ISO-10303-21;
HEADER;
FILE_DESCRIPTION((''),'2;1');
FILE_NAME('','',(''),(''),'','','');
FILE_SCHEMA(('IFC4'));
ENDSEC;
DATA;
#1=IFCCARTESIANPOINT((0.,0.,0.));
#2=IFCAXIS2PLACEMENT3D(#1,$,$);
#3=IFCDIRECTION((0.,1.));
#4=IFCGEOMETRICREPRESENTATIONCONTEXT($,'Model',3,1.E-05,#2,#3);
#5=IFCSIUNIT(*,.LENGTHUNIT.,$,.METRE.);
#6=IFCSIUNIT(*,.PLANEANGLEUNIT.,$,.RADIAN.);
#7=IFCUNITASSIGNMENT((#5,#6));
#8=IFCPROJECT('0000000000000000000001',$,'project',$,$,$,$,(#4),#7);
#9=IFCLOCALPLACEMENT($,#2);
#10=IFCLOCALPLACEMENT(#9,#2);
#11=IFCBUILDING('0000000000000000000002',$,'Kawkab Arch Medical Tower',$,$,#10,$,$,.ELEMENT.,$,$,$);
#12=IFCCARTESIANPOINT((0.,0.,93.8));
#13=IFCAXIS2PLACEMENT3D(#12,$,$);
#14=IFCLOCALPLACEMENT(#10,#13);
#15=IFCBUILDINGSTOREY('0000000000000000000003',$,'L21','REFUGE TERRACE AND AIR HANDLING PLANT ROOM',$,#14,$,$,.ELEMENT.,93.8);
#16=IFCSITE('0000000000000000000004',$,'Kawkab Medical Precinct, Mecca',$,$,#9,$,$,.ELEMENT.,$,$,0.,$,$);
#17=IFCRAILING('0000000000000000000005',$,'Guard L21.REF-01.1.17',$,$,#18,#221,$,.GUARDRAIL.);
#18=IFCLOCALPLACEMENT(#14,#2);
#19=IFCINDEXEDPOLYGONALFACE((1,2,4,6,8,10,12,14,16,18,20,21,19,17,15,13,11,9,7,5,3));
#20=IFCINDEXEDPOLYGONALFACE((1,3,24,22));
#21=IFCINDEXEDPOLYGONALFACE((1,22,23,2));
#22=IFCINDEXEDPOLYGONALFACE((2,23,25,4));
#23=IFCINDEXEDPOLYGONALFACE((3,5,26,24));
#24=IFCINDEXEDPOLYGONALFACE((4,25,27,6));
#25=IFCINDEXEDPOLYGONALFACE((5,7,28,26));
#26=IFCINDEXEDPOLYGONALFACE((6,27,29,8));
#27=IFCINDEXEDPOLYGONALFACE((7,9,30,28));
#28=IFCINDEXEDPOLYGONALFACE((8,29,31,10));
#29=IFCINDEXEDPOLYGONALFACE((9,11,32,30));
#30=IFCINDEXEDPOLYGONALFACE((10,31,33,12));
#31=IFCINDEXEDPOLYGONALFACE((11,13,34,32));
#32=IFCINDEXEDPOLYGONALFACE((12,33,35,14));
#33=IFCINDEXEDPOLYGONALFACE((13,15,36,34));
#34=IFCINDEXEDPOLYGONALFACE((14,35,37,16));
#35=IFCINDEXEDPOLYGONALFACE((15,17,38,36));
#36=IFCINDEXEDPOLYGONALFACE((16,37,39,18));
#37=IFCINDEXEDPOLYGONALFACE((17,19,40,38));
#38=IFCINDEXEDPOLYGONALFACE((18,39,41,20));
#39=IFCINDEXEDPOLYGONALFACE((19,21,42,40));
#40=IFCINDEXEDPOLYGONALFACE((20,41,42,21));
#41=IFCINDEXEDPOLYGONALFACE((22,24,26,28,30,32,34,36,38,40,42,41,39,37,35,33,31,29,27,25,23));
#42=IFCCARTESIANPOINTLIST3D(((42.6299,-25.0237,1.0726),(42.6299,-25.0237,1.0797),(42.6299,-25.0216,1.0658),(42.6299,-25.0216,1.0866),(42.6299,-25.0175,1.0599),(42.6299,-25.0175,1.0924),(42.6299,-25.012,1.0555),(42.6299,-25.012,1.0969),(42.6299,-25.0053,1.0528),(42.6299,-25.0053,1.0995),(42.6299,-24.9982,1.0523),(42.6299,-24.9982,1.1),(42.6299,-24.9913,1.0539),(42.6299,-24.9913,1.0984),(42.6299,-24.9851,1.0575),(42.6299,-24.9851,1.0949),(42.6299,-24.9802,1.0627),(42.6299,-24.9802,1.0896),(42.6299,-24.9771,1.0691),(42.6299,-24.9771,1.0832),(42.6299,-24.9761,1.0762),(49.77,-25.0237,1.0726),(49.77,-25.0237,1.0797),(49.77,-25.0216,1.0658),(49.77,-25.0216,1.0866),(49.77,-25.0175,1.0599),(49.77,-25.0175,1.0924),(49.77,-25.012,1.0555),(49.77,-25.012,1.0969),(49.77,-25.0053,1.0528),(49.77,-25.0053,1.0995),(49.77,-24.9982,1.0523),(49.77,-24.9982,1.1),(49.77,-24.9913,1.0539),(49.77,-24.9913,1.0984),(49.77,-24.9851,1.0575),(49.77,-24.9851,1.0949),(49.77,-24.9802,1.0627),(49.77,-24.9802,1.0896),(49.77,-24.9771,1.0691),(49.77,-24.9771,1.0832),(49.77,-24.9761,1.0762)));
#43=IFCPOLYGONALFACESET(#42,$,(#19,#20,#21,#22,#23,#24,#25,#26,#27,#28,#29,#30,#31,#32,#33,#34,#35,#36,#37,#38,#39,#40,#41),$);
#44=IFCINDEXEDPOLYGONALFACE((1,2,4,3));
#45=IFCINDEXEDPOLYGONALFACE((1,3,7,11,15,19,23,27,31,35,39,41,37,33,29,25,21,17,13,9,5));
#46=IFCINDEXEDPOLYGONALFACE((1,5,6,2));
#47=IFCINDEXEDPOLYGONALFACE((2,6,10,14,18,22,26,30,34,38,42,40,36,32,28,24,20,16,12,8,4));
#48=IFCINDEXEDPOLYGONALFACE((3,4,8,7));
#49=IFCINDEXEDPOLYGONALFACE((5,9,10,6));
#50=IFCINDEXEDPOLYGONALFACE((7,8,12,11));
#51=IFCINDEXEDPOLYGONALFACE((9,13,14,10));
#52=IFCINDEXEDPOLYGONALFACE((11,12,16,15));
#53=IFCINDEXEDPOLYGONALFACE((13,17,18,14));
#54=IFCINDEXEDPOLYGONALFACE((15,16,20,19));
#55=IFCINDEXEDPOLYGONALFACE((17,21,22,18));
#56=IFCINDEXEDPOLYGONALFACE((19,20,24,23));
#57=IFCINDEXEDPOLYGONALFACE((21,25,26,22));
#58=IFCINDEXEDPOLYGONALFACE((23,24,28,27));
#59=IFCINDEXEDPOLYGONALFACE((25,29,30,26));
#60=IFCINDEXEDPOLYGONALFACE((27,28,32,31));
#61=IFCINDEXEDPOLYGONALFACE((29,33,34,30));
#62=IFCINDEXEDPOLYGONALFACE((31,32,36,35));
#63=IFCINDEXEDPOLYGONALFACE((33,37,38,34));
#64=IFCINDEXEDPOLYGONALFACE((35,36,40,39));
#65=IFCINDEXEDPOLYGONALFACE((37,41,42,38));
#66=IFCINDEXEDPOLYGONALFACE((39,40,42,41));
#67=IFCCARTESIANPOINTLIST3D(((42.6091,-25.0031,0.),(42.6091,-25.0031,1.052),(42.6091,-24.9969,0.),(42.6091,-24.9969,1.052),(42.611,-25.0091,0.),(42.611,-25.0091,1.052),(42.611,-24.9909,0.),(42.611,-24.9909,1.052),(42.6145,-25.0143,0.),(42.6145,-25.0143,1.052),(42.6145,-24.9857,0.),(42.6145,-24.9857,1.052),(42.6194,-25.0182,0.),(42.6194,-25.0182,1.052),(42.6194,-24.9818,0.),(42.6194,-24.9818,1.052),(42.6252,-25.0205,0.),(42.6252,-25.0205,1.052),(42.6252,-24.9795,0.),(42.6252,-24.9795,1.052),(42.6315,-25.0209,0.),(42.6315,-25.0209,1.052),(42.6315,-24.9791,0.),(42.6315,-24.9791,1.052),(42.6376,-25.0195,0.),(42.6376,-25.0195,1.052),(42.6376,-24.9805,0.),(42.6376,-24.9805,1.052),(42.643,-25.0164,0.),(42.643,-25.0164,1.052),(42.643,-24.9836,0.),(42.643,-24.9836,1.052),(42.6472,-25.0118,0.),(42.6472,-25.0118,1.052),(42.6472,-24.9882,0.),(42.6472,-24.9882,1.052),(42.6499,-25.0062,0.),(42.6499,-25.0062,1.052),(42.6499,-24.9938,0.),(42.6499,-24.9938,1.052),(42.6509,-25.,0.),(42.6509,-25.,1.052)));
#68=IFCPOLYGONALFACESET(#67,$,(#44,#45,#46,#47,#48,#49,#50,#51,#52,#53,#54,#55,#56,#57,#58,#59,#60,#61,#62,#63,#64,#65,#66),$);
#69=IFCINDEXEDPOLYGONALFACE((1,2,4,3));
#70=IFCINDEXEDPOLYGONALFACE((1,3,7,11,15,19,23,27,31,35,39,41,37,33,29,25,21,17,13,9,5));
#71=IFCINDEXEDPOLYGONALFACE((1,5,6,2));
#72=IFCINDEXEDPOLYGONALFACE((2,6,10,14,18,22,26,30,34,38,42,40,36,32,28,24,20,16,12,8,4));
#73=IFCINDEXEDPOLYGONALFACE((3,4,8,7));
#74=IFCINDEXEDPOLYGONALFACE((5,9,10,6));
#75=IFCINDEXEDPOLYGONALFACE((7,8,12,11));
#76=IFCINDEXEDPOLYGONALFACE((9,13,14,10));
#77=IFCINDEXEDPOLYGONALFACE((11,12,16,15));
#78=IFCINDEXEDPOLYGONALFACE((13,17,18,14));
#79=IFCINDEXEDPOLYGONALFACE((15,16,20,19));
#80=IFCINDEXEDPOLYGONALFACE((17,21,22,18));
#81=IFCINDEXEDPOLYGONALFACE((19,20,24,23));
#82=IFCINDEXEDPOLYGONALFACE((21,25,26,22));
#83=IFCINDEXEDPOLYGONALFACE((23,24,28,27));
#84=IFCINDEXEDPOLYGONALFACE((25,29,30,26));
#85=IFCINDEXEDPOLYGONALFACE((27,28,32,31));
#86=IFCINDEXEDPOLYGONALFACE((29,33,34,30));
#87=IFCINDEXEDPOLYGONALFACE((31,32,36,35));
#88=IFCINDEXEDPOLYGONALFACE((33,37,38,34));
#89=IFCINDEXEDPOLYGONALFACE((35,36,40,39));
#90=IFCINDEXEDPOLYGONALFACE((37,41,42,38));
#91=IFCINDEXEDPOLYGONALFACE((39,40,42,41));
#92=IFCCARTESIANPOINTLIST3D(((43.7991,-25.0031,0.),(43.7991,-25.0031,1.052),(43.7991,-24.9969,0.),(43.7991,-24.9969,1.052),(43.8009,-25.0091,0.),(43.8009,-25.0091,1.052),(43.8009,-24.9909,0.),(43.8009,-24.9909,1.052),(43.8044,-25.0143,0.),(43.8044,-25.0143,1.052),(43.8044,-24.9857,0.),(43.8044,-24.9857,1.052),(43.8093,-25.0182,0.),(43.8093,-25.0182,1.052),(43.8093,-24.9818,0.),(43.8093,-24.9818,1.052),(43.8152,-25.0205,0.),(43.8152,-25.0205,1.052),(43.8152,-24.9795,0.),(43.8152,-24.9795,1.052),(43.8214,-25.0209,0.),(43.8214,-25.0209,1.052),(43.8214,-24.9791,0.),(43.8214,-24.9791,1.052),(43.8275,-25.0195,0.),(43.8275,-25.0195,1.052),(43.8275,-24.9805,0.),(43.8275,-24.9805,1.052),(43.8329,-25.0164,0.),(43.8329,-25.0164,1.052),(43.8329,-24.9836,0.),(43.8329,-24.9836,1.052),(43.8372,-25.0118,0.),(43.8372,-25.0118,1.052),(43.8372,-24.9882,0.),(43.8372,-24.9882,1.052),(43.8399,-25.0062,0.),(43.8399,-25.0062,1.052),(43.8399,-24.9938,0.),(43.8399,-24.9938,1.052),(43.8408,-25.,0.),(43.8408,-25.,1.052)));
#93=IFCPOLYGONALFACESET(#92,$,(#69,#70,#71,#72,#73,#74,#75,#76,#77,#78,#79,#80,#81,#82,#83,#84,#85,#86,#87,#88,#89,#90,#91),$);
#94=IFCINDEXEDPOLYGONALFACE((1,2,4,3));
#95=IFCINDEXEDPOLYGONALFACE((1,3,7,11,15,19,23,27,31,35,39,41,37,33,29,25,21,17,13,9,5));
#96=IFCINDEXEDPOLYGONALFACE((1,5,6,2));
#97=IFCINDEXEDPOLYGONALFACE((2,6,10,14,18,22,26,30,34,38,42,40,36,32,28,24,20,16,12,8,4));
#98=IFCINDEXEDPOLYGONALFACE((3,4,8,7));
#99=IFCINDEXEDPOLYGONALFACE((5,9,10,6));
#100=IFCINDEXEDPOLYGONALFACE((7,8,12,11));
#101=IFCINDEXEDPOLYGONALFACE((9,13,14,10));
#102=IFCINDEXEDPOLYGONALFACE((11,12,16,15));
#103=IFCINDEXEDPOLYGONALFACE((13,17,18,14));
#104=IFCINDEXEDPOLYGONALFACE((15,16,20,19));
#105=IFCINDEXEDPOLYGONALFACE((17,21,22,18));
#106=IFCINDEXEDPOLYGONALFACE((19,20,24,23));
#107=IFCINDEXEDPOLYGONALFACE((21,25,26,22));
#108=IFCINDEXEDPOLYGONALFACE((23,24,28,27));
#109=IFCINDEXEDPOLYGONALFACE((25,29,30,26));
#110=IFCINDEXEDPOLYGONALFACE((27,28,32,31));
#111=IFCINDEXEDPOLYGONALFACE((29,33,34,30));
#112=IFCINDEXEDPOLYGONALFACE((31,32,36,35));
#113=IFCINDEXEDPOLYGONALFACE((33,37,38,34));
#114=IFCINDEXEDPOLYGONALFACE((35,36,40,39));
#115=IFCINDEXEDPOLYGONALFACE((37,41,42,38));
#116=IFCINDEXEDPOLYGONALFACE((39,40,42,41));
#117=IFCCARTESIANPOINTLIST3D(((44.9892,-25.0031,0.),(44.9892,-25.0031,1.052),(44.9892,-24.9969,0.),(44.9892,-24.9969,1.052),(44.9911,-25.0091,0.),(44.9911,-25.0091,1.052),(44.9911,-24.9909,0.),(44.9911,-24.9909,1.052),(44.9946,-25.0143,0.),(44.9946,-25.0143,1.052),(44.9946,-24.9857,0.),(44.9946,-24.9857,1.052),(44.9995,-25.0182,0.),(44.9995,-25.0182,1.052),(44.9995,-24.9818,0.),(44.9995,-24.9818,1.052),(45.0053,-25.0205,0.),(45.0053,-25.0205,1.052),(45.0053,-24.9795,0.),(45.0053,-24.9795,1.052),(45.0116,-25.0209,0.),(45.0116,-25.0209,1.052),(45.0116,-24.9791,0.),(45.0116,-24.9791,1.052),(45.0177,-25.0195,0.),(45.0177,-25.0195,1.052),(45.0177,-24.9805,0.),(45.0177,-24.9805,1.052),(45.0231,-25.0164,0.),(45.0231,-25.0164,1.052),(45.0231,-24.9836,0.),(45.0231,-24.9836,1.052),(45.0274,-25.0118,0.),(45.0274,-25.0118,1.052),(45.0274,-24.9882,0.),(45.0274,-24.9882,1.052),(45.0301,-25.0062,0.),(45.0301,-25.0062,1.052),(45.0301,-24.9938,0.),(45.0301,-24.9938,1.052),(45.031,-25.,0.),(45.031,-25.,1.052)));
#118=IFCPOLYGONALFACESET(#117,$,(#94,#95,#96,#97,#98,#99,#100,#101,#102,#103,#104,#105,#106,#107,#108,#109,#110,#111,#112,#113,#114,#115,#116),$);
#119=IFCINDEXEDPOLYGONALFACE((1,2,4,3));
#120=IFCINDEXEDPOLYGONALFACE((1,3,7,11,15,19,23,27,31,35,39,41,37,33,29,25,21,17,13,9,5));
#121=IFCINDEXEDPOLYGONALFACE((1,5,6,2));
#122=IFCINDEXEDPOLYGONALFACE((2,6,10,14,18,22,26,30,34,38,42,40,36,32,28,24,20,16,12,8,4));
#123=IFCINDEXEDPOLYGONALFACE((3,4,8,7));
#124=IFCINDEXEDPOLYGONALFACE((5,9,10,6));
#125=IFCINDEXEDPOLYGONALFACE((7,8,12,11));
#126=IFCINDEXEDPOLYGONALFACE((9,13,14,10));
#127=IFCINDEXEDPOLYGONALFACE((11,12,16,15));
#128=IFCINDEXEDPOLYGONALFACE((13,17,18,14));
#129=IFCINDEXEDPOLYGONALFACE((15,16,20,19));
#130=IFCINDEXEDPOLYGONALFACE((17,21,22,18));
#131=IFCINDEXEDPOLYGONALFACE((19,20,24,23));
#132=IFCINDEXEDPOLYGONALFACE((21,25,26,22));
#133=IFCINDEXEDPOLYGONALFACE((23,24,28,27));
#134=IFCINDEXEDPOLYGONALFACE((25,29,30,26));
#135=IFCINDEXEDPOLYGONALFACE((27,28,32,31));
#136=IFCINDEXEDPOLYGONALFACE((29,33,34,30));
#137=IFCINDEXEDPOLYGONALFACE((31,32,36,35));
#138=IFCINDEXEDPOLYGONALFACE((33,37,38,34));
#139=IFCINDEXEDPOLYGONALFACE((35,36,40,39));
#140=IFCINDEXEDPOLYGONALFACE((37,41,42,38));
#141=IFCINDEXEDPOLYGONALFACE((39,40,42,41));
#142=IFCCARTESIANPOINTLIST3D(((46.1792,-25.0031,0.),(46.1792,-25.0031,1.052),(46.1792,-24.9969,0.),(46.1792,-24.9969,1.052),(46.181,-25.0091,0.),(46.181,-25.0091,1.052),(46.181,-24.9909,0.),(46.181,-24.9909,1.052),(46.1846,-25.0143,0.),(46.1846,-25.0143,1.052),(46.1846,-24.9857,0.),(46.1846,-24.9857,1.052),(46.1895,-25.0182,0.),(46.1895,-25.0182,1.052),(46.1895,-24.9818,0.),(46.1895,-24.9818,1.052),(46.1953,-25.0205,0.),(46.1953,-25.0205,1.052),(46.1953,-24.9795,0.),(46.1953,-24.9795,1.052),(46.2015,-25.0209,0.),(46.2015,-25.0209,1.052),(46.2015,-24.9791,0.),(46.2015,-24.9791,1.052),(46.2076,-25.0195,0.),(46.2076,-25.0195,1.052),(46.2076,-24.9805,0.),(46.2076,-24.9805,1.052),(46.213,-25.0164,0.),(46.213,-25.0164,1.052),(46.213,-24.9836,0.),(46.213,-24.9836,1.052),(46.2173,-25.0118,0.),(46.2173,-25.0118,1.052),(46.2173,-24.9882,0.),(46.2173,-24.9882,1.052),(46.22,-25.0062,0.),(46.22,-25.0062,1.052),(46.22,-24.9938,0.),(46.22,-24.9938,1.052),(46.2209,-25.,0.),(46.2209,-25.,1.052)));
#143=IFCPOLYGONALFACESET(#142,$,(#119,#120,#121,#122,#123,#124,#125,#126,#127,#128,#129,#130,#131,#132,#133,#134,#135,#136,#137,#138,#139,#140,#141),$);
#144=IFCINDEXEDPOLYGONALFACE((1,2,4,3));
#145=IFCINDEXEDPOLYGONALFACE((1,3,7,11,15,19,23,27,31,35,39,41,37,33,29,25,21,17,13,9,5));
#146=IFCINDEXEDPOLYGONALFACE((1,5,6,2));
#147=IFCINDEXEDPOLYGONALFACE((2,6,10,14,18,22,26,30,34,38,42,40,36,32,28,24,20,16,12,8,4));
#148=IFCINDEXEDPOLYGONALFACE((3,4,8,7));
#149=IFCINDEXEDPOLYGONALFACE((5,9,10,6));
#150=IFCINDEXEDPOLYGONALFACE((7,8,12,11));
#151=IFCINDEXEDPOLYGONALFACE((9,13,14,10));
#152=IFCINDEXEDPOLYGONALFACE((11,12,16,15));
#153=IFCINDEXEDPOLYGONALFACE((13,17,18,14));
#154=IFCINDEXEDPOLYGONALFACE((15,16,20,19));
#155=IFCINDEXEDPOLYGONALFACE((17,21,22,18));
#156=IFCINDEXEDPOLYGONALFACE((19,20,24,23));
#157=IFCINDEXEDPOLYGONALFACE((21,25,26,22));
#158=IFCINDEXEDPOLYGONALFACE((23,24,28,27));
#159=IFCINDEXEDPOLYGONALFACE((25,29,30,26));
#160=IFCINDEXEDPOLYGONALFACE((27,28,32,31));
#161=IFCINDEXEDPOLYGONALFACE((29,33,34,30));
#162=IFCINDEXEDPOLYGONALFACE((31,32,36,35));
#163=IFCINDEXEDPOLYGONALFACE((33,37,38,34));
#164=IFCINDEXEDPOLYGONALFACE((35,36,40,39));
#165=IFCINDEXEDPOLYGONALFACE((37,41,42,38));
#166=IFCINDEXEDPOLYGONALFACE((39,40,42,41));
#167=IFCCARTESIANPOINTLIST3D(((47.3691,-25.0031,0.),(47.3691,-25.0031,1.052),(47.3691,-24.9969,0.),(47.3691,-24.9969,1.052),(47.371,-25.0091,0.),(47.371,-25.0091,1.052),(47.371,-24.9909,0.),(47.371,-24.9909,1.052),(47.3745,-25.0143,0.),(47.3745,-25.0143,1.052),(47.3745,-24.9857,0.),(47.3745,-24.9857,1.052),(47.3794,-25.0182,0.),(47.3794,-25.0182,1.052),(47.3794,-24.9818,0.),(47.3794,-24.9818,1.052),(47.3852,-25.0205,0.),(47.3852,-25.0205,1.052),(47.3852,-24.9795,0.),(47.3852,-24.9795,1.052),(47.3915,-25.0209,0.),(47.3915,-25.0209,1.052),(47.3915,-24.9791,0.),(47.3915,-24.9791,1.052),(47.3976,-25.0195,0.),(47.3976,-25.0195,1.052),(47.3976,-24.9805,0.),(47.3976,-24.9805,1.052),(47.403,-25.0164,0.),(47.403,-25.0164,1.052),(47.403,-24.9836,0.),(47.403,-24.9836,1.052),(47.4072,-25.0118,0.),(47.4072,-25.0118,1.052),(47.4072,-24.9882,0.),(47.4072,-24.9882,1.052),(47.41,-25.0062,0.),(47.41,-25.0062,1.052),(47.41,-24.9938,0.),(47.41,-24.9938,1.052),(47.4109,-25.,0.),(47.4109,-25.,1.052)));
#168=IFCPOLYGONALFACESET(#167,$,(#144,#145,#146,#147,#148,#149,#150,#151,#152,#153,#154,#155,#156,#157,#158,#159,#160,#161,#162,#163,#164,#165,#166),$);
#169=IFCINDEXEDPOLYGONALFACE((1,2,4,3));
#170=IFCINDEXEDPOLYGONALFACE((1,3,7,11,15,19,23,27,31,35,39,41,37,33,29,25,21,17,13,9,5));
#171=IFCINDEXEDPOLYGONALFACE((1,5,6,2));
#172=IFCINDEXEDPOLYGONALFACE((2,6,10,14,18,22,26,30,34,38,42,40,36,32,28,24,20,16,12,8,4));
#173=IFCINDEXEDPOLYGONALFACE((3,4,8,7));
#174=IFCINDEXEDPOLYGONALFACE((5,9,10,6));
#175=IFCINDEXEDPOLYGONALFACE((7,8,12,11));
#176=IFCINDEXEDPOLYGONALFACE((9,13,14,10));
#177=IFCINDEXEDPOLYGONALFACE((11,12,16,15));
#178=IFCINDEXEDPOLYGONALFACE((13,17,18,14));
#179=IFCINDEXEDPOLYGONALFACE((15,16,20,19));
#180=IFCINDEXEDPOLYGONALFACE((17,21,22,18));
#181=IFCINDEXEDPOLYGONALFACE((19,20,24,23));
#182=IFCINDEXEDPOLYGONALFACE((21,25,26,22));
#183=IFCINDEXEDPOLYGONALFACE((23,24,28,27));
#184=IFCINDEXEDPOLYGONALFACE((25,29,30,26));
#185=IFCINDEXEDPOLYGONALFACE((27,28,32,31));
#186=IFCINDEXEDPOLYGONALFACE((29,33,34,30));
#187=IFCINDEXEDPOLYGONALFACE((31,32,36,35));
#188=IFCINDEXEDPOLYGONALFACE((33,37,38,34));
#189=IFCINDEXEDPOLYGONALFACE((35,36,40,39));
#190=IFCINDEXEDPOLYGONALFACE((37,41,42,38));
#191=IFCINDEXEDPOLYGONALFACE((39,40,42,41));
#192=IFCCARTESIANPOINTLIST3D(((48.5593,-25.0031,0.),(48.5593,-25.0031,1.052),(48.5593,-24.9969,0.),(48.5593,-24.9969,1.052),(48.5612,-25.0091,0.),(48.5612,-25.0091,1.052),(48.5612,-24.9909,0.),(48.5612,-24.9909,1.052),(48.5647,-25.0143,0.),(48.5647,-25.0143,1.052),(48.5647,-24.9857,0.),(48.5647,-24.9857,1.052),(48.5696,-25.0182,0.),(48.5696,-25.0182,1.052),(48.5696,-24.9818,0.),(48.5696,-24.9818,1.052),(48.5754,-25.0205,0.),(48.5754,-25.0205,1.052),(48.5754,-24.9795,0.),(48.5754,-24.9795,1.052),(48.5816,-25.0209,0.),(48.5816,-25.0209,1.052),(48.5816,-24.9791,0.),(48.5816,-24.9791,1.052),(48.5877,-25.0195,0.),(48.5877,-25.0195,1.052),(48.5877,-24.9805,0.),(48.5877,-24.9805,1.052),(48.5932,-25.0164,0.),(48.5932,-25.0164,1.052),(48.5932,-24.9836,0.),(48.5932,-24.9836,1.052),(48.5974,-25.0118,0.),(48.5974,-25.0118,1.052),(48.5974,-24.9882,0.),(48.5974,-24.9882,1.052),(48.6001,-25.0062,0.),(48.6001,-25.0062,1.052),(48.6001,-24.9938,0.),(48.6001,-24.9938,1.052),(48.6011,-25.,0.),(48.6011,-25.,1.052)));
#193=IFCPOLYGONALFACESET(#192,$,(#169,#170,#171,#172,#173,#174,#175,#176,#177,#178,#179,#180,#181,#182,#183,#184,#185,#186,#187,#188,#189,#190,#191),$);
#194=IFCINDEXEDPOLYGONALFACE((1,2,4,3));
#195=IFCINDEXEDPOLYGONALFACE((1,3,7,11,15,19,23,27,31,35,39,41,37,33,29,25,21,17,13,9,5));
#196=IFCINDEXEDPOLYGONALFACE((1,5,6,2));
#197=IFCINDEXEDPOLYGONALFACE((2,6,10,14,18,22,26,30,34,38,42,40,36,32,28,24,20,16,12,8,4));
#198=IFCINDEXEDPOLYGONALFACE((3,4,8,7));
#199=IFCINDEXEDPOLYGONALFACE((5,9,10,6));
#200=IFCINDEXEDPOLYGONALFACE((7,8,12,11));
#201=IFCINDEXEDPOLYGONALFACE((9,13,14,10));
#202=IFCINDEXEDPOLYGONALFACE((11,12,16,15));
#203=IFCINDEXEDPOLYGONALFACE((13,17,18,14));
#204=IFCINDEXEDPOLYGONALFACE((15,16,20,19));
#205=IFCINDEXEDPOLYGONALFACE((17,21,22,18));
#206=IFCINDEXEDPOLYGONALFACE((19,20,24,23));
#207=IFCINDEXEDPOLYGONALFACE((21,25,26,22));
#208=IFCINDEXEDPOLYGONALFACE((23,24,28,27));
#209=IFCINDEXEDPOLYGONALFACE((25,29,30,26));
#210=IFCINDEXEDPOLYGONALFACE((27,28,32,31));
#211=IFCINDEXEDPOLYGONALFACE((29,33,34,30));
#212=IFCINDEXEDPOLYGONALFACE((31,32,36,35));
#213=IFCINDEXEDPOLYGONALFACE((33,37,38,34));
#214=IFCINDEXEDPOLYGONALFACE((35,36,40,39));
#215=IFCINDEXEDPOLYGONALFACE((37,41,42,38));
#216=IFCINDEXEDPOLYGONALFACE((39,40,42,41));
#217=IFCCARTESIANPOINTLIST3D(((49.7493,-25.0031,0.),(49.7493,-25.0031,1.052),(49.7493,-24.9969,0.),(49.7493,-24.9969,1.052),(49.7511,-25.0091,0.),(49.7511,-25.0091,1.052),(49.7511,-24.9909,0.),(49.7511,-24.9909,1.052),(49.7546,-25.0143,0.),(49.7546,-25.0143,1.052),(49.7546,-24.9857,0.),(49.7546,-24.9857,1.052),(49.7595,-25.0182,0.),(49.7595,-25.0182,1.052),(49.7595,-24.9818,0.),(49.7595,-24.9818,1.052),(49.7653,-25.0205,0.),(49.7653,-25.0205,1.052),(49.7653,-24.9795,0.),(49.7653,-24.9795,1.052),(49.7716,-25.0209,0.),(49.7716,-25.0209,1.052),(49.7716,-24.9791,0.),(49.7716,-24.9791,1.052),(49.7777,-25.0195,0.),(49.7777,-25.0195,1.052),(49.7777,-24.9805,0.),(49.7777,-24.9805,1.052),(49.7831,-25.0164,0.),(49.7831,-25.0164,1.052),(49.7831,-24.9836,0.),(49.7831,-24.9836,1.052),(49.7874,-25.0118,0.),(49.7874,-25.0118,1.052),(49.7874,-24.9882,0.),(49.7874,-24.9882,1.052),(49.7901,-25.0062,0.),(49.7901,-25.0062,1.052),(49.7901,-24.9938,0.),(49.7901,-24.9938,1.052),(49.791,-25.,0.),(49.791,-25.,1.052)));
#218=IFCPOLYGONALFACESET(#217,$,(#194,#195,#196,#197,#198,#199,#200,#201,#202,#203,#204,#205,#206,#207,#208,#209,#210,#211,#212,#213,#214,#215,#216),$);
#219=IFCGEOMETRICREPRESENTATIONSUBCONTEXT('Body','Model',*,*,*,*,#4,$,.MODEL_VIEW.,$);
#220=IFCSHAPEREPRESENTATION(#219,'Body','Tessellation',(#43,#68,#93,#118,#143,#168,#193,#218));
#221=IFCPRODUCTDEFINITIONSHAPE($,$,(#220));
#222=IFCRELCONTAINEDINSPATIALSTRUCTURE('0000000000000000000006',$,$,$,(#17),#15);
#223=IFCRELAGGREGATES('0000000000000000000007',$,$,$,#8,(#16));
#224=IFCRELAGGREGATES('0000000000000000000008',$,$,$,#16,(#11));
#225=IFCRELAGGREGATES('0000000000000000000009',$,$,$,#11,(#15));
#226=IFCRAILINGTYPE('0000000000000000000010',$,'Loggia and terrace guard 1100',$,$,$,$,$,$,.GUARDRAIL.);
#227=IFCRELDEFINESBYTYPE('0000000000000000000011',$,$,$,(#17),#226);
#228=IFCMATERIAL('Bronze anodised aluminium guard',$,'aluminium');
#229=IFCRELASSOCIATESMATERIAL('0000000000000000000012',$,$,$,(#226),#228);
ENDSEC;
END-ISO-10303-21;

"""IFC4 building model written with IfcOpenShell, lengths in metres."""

from ifc_helpers import new_model, si_unit, direction, frame, origin, origin_2d, place, context, subcontext, project, spatial, circle, extrude, material, type_object, element, save


model = new_model("IFC4")

# Units and contexts
model_context = context("Model", 3, precision=1e-05, world=origin(), true_north=direction((0.0, 1.0)))
body_context = subcontext(model_context, "Body", "Model", "MODEL_VIEW")
ifc_project = project(units=[si_unit("LENGTHUNIT", "METRE"), si_unit("PLANEANGLEUNIT", "RADIAN")], contexts=[model_context])

# Site, building, storey
site_placement = place(None, origin())
site = spatial("IfcSite", under=ifc_project, at=site_placement, Name="Kawkab Medical Precinct, Mecca", CompositionType="ELEMENT", RefElevation=0.0)
building_placement = place(site_placement, origin())
building = spatial("IfcBuilding", under=site, at=building_placement, Name="Kawkab Arch Medical Tower", CompositionType="ELEMENT")
storey_placement = place(building_placement, frame((0.0, 0.0, 93.8)))
storey = spatial("IfcBuildingStorey", under=building, at=storey_placement, Name="L21", Description="REFUGE TERRACE AND AIR HANDLING PLANT ROOM", CompositionType="ELEMENT", Elevation=93.8)

# Railing
ifc_material_1 = material(Name="Bronze anodised aluminium guard", Category="aluminium")
railing_type = type_object("IfcRailingType", Name="Loggia and terrace guard 1100", PredefinedType="GUARDRAIL", material=ifc_material_1)
railing_1_placement = place(storey_placement, frame((42.6299, -25.0, 0.0)))
element("IfcRailing", 1, at=railing_1_placement, inside=storey, type_object=railing_type, Name="Guard L21.REF-01.1.17", PredefinedType="GUARDRAIL", context=body_context, shape_type="SweptSolid", body=[
    extrude(circle(Radius=0.0239, at=origin_2d()), frame((0.0, 0.0, 1.0762), z_axis=(1.0, 0.0, 0.0), x_axis=(0.0, 1.0, 0.0)), (0.0, 0.0, 1.0), 7.1401),
    extrude(circle(Radius=0.021, at=origin_2d()), origin(), (0.0, 0.0, 1.0), 1.052),
    extrude(circle(Radius=0.021, at=origin_2d()), frame((1.1899, 0.0, 0.0)), (0.0, 0.0, 1.0), 1.052),
    extrude(circle(Radius=0.021, at=origin_2d()), frame((2.3801, 0.0, 0.0)), (0.0, 0.0, 1.0), 1.052),
    extrude(circle(Radius=0.021, at=origin_2d()), frame((3.5701, 0.0, 0.0)), (0.0, 0.0, 1.0), 1.052),
    extrude(circle(Radius=0.021, at=origin_2d()), frame((4.76, 0.0, 0.0)), (0.0, 0.0, 1.0), 1.052),
    extrude(circle(Radius=0.021, at=origin_2d()), frame((5.9502, 0.0, 0.0)), (0.0, 0.0, 1.0), 1.052),
    extrude(circle(Radius=0.021, at=origin_2d()), frame((7.1401, 0.0, 0.0)), (0.0, 0.0, 1.0), 1.052),
])

save(model, "model.ifc")
